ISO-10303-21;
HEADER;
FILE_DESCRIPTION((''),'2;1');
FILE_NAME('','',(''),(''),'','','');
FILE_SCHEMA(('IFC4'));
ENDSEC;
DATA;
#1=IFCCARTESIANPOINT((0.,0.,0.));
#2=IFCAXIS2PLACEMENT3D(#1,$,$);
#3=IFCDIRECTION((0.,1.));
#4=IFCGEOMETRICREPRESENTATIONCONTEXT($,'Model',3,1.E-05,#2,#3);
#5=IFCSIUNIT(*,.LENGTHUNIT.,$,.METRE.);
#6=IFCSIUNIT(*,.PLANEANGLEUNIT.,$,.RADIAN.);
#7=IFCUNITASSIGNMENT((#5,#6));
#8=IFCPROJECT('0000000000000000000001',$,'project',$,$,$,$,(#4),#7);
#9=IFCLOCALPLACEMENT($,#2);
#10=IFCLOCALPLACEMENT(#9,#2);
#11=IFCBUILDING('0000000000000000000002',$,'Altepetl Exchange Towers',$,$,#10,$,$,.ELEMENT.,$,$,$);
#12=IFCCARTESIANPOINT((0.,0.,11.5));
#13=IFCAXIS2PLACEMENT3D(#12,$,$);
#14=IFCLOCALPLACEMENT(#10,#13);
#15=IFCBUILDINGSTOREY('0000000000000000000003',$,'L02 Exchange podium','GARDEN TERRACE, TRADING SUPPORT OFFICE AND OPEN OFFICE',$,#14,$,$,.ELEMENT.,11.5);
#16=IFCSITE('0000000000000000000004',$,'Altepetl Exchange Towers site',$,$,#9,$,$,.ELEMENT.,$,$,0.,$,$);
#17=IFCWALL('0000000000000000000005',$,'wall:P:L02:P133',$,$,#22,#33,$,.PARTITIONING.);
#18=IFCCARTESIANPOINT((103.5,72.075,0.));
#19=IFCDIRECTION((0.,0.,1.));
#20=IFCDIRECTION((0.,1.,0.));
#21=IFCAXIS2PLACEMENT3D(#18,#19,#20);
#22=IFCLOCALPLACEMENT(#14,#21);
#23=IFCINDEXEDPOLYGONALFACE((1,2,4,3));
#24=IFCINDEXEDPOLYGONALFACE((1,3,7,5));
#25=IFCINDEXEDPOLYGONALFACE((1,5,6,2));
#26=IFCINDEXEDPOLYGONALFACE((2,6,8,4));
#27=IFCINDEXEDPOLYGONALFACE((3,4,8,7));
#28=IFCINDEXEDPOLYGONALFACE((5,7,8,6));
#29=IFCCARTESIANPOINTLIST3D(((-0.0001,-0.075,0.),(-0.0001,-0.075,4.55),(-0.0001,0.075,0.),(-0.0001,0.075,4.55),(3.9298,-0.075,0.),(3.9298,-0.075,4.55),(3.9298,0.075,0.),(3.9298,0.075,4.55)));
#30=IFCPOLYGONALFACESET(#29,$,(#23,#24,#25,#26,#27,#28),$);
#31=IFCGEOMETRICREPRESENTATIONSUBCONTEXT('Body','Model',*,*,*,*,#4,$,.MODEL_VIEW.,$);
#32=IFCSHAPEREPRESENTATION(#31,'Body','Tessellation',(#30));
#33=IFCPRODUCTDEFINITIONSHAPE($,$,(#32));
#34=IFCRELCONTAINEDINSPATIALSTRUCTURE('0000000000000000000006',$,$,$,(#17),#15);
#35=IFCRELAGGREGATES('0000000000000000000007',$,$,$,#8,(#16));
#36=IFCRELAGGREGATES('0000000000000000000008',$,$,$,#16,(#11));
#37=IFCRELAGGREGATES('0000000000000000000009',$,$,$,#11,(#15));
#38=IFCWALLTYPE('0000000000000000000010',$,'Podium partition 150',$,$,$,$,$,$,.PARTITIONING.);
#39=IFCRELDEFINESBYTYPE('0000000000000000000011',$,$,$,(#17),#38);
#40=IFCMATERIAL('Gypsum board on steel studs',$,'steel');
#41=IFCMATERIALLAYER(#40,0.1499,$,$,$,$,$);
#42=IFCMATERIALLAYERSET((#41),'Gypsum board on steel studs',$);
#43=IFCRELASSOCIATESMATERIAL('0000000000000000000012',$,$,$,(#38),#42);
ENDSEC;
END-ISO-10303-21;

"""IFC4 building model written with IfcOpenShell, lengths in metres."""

from ifc_helpers import new_model, si_unit, direction, frame, frame_2d, origin, place, context, subcontext, project, spatial, rectangle, extrude, material, layer, layer_set, type_object, element, save


model = new_model("IFC4")

# Units and contexts
model_context = context("Model", 3, precision=1e-05, world=origin(), true_north=direction((0.0, 1.0)))
body_context = subcontext(model_context, "Body", "Model", "MODEL_VIEW")
ifc_project = project(units=[si_unit("LENGTHUNIT", "METRE"), si_unit("PLANEANGLEUNIT", "RADIAN")], contexts=[model_context])

# Site, building, storey
site_placement = place(None, origin())
site = spatial("IfcSite", under=ifc_project, at=site_placement, Name="Altepetl Exchange Towers site", CompositionType="ELEMENT", RefElevation=0.0)
building_placement = place(site_placement, origin())
building = spatial("IfcBuilding", under=site, at=building_placement, Name="Altepetl Exchange Towers", CompositionType="ELEMENT")
storey_placement = place(building_placement, frame((0.0, 0.0, 11.5)))
storey = spatial("IfcBuildingStorey", under=building, at=storey_placement, Name="L02 Exchange podium", Description="GARDEN TERRACE, TRADING SUPPORT OFFICE AND OPEN OFFICE", CompositionType="ELEMENT", Elevation=11.5)

# Shared definitions
ifc_material_1 = material(Name="Gypsum board on steel studs", Category="steel")
ifc_layer_1 = layer(ifc_material_1, 0.1499)
ifc_layer_set_1 = layer_set([ifc_layer_1], Name="Gypsum board on steel studs")
wall_type_1 = type_object("IfcWallType", Name="Podium partition 150", PredefinedType="PARTITIONING", material=ifc_layer_set_1)

# Wall
wall_1_placement = place(storey_placement, frame((103.5, 72.075, 0.0), z_axis=(0.0, 0.0, 1.0), x_axis=(0.0, 1.0, 0.0)))
element("IfcWall", 1, at=wall_1_placement, inside=storey, type_object=wall_type_1, Name="wall:P:L02:P133", PredefinedType="PARTITIONING", context=body_context, shape_type="SweptSolid", body=[
    extrude(rectangle(XDim=3.9299, YDim=0.1499, at=frame_2d((1.9648, 0.0))), origin(), (0.0, 0.0, 1.0), 4.55),
])

save(model, "model.ifc")
